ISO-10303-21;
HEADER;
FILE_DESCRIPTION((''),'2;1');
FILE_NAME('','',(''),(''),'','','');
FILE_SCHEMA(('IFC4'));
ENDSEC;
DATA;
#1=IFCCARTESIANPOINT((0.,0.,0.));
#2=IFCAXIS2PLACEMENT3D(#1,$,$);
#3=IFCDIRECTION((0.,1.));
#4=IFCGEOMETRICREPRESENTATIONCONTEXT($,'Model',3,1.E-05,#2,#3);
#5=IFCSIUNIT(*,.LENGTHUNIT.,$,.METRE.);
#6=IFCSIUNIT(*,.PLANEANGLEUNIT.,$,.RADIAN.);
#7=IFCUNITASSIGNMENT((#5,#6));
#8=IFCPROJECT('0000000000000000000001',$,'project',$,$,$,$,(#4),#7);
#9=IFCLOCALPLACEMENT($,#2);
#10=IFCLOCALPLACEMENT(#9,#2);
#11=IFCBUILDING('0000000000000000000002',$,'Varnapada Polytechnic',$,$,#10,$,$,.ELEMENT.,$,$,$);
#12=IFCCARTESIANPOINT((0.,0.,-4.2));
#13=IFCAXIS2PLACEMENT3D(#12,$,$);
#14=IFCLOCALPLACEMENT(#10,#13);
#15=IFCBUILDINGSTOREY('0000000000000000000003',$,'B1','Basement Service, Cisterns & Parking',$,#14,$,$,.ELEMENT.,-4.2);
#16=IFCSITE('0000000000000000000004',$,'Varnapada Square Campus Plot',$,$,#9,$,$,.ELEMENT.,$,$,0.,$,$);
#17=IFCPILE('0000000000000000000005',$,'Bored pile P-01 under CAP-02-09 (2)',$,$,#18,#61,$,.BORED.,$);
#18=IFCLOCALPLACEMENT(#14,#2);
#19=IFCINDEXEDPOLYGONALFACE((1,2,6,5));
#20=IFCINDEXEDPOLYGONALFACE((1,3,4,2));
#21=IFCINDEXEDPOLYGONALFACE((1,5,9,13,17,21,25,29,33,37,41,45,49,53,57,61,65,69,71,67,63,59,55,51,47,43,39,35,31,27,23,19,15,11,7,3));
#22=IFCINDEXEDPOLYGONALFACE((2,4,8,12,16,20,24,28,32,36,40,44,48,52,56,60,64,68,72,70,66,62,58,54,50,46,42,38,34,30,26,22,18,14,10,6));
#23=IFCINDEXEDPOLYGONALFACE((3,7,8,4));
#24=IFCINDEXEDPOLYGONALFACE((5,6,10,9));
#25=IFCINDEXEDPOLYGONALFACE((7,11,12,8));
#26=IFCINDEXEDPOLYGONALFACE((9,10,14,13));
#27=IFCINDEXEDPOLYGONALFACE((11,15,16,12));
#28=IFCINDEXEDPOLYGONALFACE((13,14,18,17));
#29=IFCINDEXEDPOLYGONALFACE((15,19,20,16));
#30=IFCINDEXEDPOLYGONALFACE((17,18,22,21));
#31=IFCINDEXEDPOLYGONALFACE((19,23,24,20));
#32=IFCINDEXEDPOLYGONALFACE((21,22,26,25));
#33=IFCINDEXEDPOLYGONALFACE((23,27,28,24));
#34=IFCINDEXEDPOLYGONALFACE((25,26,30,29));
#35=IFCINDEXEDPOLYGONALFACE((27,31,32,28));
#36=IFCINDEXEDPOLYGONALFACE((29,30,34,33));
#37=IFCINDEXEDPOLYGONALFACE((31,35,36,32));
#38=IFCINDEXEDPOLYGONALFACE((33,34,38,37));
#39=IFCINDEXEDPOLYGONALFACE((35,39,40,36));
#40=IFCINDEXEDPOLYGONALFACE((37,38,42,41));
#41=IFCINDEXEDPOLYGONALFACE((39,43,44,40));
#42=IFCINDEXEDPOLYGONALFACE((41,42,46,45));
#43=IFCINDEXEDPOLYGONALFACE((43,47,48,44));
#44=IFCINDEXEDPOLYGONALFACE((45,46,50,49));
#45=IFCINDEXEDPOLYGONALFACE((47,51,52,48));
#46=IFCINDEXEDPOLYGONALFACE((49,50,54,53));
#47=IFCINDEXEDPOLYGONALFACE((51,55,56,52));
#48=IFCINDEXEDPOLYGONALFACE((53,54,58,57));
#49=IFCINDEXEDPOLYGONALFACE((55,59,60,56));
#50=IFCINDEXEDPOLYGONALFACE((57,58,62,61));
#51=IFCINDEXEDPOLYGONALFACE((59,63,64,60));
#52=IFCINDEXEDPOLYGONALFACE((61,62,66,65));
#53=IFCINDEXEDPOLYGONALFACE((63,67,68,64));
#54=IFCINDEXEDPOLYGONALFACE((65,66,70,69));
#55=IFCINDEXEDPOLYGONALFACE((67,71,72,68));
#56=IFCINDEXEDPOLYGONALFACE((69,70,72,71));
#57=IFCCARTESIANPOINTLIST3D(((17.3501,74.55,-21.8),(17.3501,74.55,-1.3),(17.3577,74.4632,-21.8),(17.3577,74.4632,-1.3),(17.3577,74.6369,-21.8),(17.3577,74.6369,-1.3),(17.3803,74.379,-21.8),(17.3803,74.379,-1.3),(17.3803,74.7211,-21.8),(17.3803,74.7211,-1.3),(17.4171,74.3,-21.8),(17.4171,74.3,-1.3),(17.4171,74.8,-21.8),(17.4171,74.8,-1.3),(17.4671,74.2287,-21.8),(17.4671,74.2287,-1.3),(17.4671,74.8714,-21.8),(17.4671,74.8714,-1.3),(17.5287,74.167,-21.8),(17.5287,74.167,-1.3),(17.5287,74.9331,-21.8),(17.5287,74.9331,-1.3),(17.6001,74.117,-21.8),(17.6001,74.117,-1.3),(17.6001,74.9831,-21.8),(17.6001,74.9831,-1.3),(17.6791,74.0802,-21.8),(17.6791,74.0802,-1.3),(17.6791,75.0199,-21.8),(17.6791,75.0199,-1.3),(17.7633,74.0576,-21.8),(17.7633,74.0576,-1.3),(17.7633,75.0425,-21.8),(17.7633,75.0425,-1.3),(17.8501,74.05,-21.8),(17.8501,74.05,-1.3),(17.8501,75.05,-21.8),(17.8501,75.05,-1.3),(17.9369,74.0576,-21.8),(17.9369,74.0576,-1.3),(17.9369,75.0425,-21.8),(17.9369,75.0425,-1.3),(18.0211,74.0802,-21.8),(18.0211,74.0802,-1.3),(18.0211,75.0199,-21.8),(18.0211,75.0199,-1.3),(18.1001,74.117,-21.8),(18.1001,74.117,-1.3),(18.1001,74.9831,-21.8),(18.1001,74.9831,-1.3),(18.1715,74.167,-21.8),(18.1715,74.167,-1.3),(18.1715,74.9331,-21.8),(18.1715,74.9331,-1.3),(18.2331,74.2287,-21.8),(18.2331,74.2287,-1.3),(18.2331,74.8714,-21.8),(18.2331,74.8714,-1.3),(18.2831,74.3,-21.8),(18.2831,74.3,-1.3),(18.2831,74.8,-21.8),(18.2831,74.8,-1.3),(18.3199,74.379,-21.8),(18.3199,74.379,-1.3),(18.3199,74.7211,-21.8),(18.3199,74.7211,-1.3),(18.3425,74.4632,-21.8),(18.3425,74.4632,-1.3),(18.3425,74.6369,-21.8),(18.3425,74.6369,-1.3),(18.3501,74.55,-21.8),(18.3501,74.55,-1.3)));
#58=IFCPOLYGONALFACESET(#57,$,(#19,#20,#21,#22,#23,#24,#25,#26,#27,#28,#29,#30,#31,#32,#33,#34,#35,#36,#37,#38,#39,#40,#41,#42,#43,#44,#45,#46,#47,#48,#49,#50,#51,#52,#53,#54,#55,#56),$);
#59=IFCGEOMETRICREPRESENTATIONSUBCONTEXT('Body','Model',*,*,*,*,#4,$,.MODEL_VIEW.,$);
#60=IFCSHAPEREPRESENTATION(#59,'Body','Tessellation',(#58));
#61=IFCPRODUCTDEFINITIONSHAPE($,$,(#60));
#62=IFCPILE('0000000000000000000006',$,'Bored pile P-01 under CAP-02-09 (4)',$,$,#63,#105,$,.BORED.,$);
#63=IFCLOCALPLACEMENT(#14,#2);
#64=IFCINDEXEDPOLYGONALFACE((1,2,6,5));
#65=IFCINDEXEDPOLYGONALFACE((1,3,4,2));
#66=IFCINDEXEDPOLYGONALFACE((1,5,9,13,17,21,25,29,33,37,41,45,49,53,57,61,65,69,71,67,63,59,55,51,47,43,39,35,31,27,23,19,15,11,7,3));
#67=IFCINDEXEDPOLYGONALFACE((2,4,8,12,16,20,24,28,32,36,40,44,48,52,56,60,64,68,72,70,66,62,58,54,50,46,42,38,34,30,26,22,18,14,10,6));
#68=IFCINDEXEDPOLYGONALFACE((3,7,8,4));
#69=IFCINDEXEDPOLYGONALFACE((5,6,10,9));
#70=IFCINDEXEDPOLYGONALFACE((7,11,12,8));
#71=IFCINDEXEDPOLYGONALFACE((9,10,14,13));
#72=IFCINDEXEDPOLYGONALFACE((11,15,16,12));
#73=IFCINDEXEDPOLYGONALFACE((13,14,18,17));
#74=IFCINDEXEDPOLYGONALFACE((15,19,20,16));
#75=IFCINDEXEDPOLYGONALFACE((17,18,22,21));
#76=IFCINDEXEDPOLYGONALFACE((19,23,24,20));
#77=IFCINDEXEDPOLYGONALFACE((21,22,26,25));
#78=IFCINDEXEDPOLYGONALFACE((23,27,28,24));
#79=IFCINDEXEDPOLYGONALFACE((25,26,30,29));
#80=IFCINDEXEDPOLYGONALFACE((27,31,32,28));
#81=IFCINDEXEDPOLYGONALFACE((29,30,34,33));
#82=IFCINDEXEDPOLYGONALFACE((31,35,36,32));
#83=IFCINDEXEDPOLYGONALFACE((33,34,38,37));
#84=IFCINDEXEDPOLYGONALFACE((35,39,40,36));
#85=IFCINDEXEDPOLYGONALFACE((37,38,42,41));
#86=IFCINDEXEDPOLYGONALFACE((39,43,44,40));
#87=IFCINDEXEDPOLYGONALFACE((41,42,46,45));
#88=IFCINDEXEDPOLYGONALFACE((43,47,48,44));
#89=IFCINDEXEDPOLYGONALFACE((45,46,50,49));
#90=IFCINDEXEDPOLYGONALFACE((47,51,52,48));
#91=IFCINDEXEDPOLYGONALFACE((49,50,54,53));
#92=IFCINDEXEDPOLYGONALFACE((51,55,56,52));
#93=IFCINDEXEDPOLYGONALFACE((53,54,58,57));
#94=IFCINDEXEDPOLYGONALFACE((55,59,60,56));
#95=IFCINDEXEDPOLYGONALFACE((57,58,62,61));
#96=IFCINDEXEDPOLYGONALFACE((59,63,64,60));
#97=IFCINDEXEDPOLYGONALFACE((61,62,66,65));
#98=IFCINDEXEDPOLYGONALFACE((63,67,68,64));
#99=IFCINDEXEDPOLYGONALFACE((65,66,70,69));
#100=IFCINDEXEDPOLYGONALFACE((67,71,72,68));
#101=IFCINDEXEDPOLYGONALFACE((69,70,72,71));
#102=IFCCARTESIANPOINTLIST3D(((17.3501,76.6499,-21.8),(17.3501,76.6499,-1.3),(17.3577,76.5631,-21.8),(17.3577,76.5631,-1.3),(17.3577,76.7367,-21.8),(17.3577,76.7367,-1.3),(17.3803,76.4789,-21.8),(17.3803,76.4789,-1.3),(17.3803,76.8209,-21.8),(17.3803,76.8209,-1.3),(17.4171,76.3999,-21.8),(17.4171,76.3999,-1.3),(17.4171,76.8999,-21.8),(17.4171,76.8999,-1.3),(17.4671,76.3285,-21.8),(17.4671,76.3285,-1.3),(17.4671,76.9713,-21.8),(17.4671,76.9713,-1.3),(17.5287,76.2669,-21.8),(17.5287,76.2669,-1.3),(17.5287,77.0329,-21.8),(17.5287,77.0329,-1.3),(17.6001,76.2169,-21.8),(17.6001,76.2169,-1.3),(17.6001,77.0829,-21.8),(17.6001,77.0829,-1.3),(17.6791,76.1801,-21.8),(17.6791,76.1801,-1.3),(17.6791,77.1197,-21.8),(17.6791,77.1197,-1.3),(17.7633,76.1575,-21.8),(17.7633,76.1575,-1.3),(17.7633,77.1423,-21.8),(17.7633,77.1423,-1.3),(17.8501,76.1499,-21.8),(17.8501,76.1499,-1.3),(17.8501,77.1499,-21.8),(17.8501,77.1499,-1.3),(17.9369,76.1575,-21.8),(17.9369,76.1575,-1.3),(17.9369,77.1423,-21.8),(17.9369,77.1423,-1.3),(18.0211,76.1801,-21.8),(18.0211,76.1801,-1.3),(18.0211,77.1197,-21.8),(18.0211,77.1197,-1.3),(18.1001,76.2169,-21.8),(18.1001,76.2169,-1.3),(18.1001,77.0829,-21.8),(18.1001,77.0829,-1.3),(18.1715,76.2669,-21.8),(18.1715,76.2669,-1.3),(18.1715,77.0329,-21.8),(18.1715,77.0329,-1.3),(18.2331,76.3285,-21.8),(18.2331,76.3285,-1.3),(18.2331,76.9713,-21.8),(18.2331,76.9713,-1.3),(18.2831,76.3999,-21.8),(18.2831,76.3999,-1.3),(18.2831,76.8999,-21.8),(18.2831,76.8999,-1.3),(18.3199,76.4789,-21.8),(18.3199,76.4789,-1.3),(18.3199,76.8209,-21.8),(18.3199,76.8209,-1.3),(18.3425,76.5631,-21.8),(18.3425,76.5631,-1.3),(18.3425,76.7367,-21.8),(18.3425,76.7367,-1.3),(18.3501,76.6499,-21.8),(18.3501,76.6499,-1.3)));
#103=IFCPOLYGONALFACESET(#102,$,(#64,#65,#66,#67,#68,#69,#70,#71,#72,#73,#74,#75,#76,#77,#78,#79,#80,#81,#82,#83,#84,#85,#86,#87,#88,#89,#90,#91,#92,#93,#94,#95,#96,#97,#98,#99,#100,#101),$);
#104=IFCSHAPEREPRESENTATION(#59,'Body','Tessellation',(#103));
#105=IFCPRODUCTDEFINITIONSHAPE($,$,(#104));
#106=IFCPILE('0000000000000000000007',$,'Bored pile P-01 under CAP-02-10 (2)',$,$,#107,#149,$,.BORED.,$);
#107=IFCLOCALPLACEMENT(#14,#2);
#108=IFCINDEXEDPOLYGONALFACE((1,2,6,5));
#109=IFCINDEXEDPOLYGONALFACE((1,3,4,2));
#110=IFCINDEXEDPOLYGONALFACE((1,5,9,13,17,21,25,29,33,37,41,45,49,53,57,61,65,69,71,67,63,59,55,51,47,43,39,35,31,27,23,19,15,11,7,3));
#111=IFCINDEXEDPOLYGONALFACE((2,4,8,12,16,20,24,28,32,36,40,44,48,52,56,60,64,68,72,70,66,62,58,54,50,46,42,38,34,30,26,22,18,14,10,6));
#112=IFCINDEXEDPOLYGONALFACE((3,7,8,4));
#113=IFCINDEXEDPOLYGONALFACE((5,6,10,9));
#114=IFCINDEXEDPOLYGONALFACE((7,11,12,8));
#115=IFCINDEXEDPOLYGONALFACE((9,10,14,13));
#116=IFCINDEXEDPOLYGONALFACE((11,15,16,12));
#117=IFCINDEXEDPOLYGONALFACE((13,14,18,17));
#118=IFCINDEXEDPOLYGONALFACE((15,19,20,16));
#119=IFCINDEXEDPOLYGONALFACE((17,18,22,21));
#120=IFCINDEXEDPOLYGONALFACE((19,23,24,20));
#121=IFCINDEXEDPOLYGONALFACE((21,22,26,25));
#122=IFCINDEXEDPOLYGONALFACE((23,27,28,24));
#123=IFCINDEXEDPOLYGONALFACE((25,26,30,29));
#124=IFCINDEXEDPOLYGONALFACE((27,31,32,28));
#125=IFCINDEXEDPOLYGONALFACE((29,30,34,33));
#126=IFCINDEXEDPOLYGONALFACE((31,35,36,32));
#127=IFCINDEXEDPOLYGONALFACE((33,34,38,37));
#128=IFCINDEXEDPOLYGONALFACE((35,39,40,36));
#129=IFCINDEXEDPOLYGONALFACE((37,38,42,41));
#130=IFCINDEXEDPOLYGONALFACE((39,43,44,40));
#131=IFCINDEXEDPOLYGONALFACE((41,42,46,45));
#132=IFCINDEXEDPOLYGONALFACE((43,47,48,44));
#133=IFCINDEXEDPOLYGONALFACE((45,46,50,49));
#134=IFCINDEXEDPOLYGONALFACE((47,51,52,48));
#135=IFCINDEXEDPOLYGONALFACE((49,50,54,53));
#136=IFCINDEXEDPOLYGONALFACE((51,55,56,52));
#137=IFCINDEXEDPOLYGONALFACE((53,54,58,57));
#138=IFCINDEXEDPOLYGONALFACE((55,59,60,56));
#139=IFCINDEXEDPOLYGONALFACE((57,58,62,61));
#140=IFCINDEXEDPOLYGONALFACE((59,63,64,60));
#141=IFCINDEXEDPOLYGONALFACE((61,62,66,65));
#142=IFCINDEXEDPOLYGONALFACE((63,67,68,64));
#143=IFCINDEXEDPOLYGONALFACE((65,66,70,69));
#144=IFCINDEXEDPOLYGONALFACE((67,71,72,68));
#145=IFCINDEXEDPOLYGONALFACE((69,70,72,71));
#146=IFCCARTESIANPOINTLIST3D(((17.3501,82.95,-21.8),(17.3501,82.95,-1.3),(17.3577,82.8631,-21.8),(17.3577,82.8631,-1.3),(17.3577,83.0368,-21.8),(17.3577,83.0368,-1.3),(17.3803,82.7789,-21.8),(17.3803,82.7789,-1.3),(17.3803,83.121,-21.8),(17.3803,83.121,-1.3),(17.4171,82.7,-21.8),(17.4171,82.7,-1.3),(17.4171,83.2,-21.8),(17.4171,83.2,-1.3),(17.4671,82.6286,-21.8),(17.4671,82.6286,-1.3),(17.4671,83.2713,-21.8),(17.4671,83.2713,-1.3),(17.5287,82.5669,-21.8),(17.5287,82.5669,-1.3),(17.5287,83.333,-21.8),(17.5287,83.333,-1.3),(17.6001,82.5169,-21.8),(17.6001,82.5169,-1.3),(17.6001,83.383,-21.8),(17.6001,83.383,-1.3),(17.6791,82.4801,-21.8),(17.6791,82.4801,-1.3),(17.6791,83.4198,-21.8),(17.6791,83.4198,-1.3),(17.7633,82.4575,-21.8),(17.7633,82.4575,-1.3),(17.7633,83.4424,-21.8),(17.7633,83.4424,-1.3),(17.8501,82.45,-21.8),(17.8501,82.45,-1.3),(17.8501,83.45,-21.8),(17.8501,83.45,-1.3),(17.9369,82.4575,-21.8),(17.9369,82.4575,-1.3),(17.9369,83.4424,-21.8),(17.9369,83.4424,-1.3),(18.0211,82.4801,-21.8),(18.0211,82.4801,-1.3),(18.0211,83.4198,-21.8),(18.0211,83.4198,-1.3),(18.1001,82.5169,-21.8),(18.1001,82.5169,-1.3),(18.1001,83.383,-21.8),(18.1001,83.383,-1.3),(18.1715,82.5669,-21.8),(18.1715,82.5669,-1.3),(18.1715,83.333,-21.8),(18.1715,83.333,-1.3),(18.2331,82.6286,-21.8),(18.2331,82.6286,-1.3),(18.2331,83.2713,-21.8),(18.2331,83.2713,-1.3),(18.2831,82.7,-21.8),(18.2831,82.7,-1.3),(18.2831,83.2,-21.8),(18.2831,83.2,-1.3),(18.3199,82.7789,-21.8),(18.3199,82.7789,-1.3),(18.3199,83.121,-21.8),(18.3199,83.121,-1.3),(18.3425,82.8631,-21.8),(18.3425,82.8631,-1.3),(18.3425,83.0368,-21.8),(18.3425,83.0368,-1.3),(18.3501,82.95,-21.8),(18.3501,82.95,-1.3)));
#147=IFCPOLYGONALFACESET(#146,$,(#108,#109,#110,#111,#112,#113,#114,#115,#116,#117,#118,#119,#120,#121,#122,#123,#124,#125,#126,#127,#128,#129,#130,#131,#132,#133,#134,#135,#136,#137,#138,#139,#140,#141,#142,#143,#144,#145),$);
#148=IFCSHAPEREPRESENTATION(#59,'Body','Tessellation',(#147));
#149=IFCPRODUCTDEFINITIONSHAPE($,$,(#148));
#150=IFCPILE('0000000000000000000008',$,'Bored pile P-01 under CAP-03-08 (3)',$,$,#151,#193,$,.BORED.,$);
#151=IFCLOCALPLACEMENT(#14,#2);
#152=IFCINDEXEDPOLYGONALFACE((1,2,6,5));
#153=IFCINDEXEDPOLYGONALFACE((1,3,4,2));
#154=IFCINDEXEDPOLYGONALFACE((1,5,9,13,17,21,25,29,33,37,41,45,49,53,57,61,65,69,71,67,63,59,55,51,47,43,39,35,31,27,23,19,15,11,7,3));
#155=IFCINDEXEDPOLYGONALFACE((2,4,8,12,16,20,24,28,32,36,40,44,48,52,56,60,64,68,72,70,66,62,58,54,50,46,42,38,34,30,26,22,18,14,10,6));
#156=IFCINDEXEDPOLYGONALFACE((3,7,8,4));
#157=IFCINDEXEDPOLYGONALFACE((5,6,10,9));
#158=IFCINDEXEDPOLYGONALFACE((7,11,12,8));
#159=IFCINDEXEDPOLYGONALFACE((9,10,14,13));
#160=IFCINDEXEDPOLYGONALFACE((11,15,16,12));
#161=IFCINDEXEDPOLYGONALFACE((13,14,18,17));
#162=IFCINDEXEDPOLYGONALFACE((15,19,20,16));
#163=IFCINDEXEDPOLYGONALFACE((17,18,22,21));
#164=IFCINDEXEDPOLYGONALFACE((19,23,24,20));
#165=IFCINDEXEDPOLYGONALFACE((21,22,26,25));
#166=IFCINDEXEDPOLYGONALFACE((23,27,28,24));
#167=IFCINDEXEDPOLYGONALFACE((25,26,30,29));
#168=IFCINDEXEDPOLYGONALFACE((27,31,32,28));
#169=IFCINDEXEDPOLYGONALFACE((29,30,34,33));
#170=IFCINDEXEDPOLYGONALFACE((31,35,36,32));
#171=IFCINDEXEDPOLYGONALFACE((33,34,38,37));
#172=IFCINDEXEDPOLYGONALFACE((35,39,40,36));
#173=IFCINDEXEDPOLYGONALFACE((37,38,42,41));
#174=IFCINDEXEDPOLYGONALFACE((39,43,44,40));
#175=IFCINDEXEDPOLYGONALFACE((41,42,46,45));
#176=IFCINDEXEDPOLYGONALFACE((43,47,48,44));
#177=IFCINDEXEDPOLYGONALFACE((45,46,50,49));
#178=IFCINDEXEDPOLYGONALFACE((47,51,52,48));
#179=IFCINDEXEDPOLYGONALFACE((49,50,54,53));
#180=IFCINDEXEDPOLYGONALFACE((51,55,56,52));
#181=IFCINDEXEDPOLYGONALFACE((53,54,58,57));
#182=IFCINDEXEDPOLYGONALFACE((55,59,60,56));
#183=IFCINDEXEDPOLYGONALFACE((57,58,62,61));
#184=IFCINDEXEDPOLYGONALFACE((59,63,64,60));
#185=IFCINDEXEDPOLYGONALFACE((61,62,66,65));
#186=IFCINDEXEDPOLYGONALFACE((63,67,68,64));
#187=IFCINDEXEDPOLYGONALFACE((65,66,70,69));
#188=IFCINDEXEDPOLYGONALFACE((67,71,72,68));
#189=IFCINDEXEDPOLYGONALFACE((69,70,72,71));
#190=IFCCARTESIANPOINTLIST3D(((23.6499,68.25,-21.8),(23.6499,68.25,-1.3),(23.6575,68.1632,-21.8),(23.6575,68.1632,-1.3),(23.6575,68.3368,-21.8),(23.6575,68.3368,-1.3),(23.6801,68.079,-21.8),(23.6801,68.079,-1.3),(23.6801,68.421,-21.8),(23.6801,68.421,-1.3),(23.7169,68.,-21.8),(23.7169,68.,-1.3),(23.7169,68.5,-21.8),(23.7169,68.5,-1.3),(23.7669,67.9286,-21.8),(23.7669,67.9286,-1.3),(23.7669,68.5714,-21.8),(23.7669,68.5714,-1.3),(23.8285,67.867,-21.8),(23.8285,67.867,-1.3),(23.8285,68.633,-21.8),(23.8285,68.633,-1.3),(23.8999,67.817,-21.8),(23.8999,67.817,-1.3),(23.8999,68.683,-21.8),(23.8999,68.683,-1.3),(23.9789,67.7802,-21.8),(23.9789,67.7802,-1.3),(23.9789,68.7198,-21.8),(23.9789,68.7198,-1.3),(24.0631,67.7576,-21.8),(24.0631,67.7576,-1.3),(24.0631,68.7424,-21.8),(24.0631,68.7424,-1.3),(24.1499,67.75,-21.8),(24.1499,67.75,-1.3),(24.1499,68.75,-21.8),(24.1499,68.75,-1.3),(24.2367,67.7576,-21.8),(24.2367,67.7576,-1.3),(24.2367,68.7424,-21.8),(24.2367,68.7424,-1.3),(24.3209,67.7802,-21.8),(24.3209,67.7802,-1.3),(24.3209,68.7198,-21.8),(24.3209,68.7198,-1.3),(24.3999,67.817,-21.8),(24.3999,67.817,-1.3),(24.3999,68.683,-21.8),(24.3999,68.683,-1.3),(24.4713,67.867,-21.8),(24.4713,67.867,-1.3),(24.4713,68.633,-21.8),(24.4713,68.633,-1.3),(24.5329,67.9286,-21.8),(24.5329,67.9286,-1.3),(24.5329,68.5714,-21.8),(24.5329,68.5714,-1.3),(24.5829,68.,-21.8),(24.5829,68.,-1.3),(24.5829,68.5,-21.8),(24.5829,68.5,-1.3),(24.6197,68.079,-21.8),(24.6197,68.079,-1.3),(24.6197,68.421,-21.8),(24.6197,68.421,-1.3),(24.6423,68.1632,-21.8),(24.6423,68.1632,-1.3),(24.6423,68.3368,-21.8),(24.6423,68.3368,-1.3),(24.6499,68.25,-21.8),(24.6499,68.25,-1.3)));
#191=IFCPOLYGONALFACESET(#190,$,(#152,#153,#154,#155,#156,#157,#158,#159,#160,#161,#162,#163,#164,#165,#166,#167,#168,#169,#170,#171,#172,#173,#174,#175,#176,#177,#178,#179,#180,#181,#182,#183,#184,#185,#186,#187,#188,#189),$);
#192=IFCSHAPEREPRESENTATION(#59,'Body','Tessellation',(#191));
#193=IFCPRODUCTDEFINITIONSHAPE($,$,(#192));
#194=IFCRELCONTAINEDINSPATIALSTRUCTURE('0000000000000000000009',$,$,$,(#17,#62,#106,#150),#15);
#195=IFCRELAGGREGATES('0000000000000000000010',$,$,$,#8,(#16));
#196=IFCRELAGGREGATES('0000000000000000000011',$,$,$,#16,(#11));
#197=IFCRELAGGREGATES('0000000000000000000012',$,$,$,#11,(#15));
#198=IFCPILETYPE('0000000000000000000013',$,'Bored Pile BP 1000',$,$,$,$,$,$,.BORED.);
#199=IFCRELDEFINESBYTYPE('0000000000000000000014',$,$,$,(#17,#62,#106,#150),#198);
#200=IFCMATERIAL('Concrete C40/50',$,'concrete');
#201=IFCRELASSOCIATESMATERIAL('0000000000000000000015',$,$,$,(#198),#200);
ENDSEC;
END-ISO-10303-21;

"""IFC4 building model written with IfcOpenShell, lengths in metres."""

from ifc_helpers import new_model, si_unit, direction, frame, origin, origin_2d, place, context, subcontext, project, spatial, circle, extrude, material, material_profile, profile_set, type_object, element, save


model = new_model("IFC4")

# Units and contexts
model_context = context("Model", 3, precision=1e-05, world=origin(), true_north=direction((0.0, 1.0)))
body_context = subcontext(model_context, "Body", "Model", "MODEL_VIEW")
ifc_project = project(units=[si_unit("LENGTHUNIT", "METRE"), si_unit("PLANEANGLEUNIT", "RADIAN")], contexts=[model_context])

# Site, building, storey
site_placement = place(None, origin())
site = spatial("IfcSite", under=ifc_project, at=site_placement, Name="Varnapada Square Campus Plot", CompositionType="ELEMENT", RefElevation=0.0)
building_placement = place(site_placement, origin())
building = spatial("IfcBuilding", under=site, at=building_placement, Name="Varnapada Polytechnic", CompositionType="ELEMENT")
storey_placement = place(building_placement, frame((0.0, 0.0, -4.2)))
storey = spatial("IfcBuildingStorey", under=building, at=storey_placement, Name="B1", Description="Basement Service, Cisterns & Parking", CompositionType="ELEMENT", Elevation=-4.2)

# Piles
ifc_material_1 = material(Name="Concrete C40/50", Category="concrete")
ifc_material_profile_1 = material_profile(ifc_material_1, circle(Radius=0.5, at=origin_2d()), Name="BP 1000")
ifc_profile_set_1 = profile_set([ifc_material_profile_1], Name="Concrete C40/50")
pile_type_1 = type_object("IfcPileType", Name="Bored Pile BP 1000", PredefinedType="BORED", material=ifc_profile_set_1)
for number, where, z_axis, x_axis, name in (
    (1, (17.8501, 74.55, -1.3), (0.0, 0.0, -1.0), (1.0, 0.0, 0.0), "Bored pile P-01 under CAP-02-09 (2)"),
    (2, (17.8501, 76.6499, -1.3), (0.0, 0.0, -1.0), (1.0, 0.0, 0.0), "Bored pile P-01 under CAP-02-09 (4)"),
    (3, (17.8501, 82.95, -1.3), (0.0, 0.0, -1.0), (1.0, 0.0, 0.0), "Bored pile P-01 under CAP-02-10 (2)"),
    (4, (24.1499, 68.25, -1.3), (0.0, 0.0, -1.0), (1.0, 0.0, 0.0), "Bored pile P-01 under CAP-03-08 (3)"),
):
    element("IfcPile", number, at=place(storey_placement, frame(where, z_axis=z_axis, x_axis=x_axis)), inside=storey, type_object=pile_type_1, Name=name, PredefinedType="BORED", context=body_context, shape_type="SweptSolid", body=[
        extrude(circle(Radius=0.5, at=origin_2d()), origin(), (0.0, 0.0, 1.0), 20.5),
    ])

save(model, "model.ifc")
